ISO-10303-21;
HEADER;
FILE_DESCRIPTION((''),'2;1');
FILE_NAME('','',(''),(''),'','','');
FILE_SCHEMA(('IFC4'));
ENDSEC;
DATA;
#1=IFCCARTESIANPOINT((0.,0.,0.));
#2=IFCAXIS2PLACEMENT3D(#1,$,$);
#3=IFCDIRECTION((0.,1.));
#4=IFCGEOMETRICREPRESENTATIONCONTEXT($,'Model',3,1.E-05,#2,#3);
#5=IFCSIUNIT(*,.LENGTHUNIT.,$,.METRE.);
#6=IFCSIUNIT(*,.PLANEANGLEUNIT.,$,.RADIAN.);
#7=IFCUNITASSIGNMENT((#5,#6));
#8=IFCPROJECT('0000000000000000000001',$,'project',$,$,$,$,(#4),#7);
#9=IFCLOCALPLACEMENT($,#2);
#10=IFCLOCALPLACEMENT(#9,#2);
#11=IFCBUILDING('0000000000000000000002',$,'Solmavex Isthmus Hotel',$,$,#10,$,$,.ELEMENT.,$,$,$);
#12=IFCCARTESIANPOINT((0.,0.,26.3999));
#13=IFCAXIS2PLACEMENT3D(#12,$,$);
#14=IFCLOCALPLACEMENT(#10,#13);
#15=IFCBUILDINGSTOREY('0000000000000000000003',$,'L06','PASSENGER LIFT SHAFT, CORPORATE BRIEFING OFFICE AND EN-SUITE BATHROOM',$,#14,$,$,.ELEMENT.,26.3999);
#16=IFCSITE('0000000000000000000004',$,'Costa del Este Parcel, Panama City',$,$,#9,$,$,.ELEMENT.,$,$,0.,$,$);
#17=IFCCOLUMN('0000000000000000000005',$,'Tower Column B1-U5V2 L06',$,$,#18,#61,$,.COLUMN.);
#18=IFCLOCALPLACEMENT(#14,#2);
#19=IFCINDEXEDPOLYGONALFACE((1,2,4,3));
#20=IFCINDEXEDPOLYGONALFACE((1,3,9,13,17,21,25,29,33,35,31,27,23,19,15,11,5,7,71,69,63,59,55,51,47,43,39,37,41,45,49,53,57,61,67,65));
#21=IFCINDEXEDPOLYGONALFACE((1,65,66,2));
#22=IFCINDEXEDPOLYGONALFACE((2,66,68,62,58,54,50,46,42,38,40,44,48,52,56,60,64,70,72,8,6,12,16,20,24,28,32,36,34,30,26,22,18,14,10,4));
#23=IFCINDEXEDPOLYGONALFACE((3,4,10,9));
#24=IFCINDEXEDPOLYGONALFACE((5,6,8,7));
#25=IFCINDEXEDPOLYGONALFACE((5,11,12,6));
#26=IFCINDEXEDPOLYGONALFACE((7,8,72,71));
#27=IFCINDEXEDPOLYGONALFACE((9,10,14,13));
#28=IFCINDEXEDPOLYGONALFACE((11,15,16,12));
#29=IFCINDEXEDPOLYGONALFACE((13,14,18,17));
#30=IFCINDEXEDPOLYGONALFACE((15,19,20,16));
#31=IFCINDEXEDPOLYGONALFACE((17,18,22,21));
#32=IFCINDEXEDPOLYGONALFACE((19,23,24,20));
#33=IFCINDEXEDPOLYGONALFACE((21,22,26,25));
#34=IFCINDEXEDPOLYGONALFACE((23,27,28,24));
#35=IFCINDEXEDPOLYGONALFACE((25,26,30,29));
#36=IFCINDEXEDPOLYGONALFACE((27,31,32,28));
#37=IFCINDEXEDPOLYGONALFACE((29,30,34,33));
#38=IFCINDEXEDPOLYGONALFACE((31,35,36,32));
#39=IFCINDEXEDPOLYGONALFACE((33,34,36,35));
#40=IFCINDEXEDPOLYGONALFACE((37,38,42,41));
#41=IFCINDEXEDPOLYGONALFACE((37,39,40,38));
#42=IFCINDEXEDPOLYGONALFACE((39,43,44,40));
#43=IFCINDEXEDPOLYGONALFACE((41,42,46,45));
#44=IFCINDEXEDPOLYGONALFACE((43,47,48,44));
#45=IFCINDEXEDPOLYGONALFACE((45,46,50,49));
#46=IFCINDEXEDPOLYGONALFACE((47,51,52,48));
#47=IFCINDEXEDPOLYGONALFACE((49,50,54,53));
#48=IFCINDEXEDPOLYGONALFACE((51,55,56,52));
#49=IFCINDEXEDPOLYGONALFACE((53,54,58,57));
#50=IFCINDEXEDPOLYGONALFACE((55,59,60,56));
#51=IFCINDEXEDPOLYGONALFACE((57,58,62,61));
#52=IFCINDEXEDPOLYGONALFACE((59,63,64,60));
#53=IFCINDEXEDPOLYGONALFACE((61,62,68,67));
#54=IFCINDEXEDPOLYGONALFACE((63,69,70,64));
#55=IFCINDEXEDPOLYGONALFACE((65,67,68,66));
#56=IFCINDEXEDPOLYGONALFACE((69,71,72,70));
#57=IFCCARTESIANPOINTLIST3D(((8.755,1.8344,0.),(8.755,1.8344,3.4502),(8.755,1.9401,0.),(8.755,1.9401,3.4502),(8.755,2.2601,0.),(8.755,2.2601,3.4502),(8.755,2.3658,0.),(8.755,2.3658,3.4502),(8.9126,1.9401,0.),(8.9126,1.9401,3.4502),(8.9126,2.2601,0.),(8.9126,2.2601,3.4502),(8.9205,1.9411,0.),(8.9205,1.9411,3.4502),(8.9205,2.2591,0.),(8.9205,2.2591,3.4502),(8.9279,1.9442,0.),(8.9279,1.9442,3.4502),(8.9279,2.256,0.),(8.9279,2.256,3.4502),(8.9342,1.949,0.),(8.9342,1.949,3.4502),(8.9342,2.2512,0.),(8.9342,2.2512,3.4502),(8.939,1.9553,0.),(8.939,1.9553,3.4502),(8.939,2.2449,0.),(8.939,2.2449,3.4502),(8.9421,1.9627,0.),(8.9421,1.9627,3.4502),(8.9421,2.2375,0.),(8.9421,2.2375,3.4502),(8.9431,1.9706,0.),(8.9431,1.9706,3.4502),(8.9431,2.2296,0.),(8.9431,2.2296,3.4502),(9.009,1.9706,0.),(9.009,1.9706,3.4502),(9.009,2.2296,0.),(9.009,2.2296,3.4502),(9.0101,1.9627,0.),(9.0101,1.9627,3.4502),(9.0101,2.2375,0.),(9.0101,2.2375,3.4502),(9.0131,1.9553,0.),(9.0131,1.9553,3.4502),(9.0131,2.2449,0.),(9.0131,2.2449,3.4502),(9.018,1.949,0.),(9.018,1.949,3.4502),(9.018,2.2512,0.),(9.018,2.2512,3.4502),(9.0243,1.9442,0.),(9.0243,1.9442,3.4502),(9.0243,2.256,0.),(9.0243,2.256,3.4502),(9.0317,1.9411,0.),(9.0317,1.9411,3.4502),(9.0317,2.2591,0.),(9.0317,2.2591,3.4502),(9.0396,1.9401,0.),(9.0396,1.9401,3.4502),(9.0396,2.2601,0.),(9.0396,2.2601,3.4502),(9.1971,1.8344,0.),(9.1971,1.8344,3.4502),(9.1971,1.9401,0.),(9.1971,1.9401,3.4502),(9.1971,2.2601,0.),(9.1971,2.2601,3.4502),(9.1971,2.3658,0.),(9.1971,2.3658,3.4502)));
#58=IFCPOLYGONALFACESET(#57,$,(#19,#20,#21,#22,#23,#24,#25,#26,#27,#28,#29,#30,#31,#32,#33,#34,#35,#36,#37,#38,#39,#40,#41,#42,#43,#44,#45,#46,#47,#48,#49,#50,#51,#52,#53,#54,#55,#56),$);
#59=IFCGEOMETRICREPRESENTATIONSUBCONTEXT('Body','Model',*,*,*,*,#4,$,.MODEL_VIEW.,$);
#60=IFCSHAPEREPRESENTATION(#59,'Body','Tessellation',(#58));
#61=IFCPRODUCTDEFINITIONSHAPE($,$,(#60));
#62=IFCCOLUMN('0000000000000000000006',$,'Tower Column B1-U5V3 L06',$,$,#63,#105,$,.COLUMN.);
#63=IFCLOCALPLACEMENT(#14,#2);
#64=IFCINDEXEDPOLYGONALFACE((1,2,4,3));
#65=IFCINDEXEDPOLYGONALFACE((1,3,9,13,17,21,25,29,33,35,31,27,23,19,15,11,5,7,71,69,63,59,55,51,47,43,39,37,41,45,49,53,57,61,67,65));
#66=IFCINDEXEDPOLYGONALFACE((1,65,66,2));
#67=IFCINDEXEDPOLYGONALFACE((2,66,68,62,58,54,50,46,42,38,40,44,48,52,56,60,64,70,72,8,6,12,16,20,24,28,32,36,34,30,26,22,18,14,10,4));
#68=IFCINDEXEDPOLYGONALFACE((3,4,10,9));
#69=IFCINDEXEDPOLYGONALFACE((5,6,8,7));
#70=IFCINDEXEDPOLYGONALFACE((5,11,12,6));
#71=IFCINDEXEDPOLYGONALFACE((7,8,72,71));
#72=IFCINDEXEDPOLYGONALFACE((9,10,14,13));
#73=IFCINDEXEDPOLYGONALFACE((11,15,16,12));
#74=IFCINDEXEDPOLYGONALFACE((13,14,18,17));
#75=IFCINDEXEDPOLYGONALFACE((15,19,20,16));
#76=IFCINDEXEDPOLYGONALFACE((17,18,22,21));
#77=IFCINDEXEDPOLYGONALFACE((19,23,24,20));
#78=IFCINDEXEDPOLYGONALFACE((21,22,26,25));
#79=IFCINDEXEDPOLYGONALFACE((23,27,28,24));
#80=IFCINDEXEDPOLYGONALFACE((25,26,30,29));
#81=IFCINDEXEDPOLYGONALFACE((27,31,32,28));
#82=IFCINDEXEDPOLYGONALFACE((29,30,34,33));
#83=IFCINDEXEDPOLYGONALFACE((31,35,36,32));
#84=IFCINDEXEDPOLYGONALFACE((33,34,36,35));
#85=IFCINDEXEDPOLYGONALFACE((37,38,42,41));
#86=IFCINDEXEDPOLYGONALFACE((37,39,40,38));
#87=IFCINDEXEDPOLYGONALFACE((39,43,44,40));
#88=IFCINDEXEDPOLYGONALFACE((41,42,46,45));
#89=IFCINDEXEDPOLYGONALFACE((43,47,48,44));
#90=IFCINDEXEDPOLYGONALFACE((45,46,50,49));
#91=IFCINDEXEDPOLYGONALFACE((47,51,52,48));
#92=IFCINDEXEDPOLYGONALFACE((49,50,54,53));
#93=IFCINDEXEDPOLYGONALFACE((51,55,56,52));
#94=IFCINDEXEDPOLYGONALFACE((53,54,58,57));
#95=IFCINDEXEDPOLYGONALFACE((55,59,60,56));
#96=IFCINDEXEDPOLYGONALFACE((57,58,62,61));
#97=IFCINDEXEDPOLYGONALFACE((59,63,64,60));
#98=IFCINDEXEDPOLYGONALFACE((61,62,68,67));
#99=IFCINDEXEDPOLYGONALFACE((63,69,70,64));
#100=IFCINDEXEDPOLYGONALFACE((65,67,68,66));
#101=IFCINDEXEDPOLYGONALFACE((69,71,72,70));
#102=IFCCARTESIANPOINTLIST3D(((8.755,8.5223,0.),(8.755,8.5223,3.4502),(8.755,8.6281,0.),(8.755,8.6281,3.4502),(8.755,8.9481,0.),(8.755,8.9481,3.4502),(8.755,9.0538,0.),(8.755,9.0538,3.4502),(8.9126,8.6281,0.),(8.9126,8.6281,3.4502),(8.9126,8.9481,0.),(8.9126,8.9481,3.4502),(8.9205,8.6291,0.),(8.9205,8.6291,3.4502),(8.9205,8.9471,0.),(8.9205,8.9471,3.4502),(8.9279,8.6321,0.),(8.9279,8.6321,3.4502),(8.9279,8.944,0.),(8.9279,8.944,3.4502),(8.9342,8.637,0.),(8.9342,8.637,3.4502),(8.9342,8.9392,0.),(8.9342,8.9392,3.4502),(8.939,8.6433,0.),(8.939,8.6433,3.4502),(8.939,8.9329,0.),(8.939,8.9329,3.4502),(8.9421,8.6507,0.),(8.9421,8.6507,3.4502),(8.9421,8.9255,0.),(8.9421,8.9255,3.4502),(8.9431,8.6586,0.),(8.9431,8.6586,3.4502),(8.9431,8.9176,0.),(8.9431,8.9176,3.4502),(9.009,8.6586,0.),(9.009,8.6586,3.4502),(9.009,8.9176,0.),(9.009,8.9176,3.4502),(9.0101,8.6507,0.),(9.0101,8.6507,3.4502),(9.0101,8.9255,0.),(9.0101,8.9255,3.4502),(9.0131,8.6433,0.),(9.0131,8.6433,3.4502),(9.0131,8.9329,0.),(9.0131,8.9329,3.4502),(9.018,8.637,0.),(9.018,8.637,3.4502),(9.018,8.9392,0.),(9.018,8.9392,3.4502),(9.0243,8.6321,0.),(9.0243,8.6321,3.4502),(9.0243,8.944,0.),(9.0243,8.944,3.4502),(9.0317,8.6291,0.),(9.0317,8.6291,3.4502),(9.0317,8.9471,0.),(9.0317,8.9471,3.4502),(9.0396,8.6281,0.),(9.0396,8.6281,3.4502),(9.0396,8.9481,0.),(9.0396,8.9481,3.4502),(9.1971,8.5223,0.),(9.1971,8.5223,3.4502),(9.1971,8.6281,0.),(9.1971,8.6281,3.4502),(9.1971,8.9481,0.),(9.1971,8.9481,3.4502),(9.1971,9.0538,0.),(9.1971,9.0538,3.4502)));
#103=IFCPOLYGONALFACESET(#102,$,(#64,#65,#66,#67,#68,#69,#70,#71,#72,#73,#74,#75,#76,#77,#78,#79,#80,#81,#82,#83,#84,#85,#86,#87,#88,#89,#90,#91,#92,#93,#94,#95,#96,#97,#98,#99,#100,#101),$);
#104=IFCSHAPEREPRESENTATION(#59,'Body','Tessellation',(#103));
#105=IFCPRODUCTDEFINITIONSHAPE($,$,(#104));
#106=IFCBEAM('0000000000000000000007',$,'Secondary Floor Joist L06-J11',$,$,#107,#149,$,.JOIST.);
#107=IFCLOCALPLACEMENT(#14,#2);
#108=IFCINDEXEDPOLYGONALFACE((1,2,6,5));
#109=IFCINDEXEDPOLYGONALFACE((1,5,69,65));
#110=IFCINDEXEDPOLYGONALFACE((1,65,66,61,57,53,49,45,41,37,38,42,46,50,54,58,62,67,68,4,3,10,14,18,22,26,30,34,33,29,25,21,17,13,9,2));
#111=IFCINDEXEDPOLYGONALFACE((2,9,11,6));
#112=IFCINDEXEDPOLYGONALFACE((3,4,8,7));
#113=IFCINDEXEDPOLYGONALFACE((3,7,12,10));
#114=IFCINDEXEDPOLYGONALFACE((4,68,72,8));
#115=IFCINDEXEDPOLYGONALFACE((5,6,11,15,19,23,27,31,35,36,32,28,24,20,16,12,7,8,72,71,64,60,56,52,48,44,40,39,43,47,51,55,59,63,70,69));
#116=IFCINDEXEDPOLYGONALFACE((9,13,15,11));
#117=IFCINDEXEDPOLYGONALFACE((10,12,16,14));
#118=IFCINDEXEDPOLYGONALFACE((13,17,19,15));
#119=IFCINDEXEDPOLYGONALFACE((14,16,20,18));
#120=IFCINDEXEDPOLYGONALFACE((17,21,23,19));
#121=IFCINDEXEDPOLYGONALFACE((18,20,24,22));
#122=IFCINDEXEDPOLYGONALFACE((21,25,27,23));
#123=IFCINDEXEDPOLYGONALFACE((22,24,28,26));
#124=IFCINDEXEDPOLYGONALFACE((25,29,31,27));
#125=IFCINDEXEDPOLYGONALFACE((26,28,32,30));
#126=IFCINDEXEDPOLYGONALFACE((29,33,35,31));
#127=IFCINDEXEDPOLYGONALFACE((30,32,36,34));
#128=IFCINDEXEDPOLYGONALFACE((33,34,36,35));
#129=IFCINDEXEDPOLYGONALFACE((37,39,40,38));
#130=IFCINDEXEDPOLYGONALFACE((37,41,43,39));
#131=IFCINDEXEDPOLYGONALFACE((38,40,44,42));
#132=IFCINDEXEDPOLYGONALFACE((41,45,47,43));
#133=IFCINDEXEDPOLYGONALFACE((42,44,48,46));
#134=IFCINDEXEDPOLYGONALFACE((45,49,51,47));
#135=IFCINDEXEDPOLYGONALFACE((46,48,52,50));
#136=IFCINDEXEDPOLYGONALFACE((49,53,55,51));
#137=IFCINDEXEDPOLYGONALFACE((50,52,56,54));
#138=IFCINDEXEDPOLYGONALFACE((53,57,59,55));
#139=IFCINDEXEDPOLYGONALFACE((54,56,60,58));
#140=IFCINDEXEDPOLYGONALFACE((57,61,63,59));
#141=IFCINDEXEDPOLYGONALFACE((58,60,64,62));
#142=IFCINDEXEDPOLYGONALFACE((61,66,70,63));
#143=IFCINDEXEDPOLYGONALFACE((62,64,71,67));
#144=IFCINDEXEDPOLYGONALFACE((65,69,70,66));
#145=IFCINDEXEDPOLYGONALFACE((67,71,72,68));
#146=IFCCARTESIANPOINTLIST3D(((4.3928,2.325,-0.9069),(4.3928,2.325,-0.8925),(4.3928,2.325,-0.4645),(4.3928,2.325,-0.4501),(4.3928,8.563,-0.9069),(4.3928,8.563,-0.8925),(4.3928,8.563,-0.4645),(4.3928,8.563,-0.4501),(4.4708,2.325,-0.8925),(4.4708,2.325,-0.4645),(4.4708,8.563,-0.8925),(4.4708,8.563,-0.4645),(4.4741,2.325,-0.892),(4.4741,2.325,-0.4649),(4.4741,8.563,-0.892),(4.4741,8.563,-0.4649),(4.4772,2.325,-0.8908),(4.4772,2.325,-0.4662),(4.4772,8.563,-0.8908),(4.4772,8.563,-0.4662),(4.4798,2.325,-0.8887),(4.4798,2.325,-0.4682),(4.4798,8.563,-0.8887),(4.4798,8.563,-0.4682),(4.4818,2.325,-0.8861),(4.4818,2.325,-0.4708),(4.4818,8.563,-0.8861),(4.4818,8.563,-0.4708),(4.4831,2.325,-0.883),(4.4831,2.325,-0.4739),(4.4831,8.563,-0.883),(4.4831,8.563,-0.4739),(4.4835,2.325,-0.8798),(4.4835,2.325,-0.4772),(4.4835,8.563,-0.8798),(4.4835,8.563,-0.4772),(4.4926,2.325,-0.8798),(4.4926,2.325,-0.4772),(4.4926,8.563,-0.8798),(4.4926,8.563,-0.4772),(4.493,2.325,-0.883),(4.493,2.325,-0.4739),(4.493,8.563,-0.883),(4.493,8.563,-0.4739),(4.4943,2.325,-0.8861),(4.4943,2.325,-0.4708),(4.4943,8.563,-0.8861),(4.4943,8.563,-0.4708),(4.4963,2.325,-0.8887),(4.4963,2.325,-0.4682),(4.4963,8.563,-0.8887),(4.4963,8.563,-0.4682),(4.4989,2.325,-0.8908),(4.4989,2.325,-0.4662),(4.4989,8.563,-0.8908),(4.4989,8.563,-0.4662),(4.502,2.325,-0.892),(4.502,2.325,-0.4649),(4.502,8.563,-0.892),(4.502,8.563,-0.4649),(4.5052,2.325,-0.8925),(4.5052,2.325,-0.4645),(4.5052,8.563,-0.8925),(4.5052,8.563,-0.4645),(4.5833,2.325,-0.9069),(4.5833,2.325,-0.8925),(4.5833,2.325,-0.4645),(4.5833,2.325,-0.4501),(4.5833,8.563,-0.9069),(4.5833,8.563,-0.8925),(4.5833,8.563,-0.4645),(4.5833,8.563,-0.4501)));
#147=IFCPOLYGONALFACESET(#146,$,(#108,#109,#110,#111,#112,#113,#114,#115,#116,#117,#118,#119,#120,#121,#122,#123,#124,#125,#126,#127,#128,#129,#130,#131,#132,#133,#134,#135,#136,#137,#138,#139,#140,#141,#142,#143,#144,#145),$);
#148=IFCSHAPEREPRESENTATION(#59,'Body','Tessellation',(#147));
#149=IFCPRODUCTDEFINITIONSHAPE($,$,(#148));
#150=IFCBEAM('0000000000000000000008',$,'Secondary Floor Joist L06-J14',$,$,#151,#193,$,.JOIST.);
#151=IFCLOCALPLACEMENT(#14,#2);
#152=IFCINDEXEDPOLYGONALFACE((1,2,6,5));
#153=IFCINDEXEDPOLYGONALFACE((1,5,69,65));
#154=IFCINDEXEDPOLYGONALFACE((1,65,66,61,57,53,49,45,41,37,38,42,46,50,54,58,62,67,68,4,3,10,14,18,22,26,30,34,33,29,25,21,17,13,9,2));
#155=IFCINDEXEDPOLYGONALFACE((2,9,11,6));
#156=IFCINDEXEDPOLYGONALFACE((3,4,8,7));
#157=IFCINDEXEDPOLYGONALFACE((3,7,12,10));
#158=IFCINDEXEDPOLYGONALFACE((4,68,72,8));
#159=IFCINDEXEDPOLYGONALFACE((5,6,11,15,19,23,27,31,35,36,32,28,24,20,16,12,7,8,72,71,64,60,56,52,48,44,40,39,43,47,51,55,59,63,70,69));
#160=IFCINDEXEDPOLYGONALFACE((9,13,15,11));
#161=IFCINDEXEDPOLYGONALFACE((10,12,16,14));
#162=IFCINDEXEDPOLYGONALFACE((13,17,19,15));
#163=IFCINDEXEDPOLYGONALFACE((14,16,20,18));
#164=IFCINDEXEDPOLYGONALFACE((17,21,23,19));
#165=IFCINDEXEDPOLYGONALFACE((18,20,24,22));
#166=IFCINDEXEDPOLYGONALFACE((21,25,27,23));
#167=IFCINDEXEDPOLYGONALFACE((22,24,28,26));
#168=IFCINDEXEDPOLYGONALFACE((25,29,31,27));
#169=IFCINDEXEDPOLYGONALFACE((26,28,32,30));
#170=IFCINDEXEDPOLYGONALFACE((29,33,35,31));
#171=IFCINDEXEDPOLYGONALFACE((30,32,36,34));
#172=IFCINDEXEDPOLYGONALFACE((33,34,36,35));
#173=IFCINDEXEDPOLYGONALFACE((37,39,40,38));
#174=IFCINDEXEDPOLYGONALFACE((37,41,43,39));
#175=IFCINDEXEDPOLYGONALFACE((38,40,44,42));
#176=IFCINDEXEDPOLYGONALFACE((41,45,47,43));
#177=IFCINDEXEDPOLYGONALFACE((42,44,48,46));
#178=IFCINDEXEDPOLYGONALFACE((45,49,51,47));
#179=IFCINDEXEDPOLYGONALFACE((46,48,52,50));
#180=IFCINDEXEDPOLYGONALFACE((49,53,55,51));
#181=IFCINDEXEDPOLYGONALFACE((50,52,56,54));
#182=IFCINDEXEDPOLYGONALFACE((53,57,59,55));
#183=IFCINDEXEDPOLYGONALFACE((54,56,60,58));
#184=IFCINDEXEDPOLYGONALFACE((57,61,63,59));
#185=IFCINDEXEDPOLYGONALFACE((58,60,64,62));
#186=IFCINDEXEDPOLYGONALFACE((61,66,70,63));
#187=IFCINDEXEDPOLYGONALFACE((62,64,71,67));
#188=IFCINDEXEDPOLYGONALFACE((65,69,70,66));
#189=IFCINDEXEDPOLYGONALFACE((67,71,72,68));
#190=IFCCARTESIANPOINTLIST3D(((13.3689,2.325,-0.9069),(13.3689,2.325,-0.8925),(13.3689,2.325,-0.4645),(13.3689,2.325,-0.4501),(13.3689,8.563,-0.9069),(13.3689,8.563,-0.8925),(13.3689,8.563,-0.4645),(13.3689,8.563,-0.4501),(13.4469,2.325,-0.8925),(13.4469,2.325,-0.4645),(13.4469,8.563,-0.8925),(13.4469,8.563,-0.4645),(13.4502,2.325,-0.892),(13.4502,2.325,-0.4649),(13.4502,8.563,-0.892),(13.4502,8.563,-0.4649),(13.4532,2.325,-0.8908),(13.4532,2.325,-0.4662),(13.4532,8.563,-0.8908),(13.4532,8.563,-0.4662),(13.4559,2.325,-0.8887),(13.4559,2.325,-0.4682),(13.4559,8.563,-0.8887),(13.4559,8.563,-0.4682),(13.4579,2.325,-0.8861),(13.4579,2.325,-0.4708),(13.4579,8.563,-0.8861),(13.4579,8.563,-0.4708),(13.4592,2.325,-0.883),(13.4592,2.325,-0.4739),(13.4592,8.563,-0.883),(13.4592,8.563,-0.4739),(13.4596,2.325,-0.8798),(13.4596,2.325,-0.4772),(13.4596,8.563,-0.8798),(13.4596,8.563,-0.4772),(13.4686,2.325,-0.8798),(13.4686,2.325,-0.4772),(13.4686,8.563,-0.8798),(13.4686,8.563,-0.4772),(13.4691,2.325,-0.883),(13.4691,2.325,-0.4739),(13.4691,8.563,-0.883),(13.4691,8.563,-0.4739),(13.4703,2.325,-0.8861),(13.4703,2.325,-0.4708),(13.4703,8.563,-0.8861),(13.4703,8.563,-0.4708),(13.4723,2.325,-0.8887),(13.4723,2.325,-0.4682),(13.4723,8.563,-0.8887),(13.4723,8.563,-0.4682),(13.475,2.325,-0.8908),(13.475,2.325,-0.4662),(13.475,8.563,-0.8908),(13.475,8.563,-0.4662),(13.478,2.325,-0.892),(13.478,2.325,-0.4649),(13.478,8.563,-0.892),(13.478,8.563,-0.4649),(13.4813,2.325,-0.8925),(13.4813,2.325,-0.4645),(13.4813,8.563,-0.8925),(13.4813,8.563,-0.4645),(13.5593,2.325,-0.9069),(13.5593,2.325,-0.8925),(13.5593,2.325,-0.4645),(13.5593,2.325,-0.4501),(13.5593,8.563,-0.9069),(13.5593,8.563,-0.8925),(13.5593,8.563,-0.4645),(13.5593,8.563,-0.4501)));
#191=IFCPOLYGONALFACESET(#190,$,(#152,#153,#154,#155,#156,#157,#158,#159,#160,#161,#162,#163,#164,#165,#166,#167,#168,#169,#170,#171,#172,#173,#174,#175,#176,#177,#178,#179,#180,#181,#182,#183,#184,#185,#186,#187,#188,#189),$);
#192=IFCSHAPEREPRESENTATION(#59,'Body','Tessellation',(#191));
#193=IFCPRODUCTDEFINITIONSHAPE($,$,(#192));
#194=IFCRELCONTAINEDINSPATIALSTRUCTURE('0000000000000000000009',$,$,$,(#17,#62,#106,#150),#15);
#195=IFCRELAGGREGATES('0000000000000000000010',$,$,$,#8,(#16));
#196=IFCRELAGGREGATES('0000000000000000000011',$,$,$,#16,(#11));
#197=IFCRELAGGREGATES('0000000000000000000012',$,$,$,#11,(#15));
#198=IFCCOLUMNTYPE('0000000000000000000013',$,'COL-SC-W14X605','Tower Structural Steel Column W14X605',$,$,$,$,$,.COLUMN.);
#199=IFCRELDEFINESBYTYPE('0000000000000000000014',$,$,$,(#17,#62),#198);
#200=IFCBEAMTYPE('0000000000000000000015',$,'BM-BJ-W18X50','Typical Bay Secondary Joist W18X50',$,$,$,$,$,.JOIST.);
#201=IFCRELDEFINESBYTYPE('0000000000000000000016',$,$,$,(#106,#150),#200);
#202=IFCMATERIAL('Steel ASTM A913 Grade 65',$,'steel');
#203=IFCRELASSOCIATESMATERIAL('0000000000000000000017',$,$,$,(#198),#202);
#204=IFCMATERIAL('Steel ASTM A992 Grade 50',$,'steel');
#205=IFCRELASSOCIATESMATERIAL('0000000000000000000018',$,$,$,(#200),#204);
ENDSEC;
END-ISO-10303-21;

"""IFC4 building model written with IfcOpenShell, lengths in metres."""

from ifc_helpers import new_model, si_unit, direction, frame, origin, origin_2d, place, context, subcontext, project, spatial, i_section, extrude, material, material_profile, profile_set, type_object, element, save


model = new_model("IFC4")

# Units and contexts
model_context = context("Model", 3, precision=1e-05, world=origin(), true_north=direction((0.0, 1.0)))
body_context = subcontext(model_context, "Body", "Model", "MODEL_VIEW")
ifc_project = project(units=[si_unit("LENGTHUNIT", "METRE"), si_unit("PLANEANGLEUNIT", "RADIAN")], contexts=[model_context])

# Site, building, storey
site_placement = place(None, origin())
site = spatial("IfcSite", under=ifc_project, at=site_placement, Name="Costa del Este Parcel, Panama City", CompositionType="ELEMENT", RefElevation=0.0)
building_placement = place(site_placement, origin())
building = spatial("IfcBuilding", under=site, at=building_placement, Name="Solmavex Isthmus Hotel", CompositionType="ELEMENT")
storey_placement = place(building_placement, frame((0.0, 0.0, 26.3999)))
storey = spatial("IfcBuildingStorey", under=building, at=storey_placement, Name="L06", Description="PASSENGER LIFT SHAFT, CORPORATE BRIEFING OFFICE AND EN-SUITE BATHROOM", CompositionType="ELEMENT", Elevation=26.3999)

# Columns
ifc_material_1 = material(Name="Steel ASTM A913 Grade 65", Category="steel")
ifc_material_profile_1 = material_profile(ifc_material_1, i_section(OverallWidth=0.4421, OverallDepth=0.5315, WebThickness=0.0659, FlangeThickness=0.1057, FilletRadius=0.0305, at=origin_2d()), Name="W14X605")
ifc_profile_set_1 = profile_set([ifc_material_profile_1], Name="Steel ASTM A913 Grade 65")
column_type = type_object("IfcColumnType", Name="COL-SC-W14X605", Description="Tower Structural Steel Column W14X605", PredefinedType="COLUMN", material=ifc_profile_set_1)
for number, where, z_axis, x_axis, name in (
    (1, (8.9761, 2.1001, 0.0), (0.0, 0.0, 1.0), (1.0, 0.0, 0.0), "Tower Column B1-U5V2 L06"),
    (2, (8.9761, 8.7881, 0.0), (0.0, 0.0, 1.0), (1.0, 0.0, 0.0), "Tower Column B1-U5V3 L06"),
):
    element("IfcColumn", number, at=place(storey_placement, frame(where, z_axis=z_axis, x_axis=x_axis)), inside=storey, type_object=column_type, Name=name, PredefinedType="COLUMN", context=body_context, shape_type="SweptSolid", body=[
        extrude(i_section(OverallWidth=0.4421, OverallDepth=0.5315, WebThickness=0.0659, FlangeThickness=0.1057, FilletRadius=0.0305, at=origin_2d()), origin(), (0.0, 0.0, 1.0), 3.4502),
    ])

# Beams
ifc_material_2 = material(Name="Steel ASTM A992 Grade 50", Category="steel")
ifc_material_profile_2 = material_profile(ifc_material_2, i_section(OverallWidth=0.1904, OverallDepth=0.4568, WebThickness=0.009, FlangeThickness=0.0144, FilletRadius=0.0127, at=origin_2d()), Name="W18X50")
ifc_profile_set_2 = profile_set([ifc_material_profile_2], Name="Steel ASTM A992 Grade 50")
beam_type_1 = type_object("IfcBeamType", Name="BM-BJ-W18X50", Description="Typical Bay Secondary Joist W18X50", PredefinedType="JOIST", material=ifc_profile_set_2)
for number, where, z_axis, x_axis, name in (
    (3, (4.488, 2.325, -0.6785), (0.0, 1.0, 0.0), (-1.0, 0.0, 0.0), "Secondary Floor Joist L06-J11"),
    (4, (13.4641, 2.325, -0.6785), (0.0, 1.0, 0.0), (-1.0, 0.0, 0.0), "Secondary Floor Joist L06-J14"),
):
    element("IfcBeam", number, at=place(storey_placement, frame(where, z_axis=z_axis, x_axis=x_axis)), inside=storey, type_object=beam_type_1, Name=name, PredefinedType="JOIST", context=body_context, shape_type="SweptSolid", body=[
        extrude(i_section(OverallWidth=0.1904, OverallDepth=0.4568, WebThickness=0.009, FlangeThickness=0.0144, FilletRadius=0.0127, at=origin_2d()), origin(), (0.0, 0.0, 1.0), 6.238),
    ])

save(model, "model.ifc")
